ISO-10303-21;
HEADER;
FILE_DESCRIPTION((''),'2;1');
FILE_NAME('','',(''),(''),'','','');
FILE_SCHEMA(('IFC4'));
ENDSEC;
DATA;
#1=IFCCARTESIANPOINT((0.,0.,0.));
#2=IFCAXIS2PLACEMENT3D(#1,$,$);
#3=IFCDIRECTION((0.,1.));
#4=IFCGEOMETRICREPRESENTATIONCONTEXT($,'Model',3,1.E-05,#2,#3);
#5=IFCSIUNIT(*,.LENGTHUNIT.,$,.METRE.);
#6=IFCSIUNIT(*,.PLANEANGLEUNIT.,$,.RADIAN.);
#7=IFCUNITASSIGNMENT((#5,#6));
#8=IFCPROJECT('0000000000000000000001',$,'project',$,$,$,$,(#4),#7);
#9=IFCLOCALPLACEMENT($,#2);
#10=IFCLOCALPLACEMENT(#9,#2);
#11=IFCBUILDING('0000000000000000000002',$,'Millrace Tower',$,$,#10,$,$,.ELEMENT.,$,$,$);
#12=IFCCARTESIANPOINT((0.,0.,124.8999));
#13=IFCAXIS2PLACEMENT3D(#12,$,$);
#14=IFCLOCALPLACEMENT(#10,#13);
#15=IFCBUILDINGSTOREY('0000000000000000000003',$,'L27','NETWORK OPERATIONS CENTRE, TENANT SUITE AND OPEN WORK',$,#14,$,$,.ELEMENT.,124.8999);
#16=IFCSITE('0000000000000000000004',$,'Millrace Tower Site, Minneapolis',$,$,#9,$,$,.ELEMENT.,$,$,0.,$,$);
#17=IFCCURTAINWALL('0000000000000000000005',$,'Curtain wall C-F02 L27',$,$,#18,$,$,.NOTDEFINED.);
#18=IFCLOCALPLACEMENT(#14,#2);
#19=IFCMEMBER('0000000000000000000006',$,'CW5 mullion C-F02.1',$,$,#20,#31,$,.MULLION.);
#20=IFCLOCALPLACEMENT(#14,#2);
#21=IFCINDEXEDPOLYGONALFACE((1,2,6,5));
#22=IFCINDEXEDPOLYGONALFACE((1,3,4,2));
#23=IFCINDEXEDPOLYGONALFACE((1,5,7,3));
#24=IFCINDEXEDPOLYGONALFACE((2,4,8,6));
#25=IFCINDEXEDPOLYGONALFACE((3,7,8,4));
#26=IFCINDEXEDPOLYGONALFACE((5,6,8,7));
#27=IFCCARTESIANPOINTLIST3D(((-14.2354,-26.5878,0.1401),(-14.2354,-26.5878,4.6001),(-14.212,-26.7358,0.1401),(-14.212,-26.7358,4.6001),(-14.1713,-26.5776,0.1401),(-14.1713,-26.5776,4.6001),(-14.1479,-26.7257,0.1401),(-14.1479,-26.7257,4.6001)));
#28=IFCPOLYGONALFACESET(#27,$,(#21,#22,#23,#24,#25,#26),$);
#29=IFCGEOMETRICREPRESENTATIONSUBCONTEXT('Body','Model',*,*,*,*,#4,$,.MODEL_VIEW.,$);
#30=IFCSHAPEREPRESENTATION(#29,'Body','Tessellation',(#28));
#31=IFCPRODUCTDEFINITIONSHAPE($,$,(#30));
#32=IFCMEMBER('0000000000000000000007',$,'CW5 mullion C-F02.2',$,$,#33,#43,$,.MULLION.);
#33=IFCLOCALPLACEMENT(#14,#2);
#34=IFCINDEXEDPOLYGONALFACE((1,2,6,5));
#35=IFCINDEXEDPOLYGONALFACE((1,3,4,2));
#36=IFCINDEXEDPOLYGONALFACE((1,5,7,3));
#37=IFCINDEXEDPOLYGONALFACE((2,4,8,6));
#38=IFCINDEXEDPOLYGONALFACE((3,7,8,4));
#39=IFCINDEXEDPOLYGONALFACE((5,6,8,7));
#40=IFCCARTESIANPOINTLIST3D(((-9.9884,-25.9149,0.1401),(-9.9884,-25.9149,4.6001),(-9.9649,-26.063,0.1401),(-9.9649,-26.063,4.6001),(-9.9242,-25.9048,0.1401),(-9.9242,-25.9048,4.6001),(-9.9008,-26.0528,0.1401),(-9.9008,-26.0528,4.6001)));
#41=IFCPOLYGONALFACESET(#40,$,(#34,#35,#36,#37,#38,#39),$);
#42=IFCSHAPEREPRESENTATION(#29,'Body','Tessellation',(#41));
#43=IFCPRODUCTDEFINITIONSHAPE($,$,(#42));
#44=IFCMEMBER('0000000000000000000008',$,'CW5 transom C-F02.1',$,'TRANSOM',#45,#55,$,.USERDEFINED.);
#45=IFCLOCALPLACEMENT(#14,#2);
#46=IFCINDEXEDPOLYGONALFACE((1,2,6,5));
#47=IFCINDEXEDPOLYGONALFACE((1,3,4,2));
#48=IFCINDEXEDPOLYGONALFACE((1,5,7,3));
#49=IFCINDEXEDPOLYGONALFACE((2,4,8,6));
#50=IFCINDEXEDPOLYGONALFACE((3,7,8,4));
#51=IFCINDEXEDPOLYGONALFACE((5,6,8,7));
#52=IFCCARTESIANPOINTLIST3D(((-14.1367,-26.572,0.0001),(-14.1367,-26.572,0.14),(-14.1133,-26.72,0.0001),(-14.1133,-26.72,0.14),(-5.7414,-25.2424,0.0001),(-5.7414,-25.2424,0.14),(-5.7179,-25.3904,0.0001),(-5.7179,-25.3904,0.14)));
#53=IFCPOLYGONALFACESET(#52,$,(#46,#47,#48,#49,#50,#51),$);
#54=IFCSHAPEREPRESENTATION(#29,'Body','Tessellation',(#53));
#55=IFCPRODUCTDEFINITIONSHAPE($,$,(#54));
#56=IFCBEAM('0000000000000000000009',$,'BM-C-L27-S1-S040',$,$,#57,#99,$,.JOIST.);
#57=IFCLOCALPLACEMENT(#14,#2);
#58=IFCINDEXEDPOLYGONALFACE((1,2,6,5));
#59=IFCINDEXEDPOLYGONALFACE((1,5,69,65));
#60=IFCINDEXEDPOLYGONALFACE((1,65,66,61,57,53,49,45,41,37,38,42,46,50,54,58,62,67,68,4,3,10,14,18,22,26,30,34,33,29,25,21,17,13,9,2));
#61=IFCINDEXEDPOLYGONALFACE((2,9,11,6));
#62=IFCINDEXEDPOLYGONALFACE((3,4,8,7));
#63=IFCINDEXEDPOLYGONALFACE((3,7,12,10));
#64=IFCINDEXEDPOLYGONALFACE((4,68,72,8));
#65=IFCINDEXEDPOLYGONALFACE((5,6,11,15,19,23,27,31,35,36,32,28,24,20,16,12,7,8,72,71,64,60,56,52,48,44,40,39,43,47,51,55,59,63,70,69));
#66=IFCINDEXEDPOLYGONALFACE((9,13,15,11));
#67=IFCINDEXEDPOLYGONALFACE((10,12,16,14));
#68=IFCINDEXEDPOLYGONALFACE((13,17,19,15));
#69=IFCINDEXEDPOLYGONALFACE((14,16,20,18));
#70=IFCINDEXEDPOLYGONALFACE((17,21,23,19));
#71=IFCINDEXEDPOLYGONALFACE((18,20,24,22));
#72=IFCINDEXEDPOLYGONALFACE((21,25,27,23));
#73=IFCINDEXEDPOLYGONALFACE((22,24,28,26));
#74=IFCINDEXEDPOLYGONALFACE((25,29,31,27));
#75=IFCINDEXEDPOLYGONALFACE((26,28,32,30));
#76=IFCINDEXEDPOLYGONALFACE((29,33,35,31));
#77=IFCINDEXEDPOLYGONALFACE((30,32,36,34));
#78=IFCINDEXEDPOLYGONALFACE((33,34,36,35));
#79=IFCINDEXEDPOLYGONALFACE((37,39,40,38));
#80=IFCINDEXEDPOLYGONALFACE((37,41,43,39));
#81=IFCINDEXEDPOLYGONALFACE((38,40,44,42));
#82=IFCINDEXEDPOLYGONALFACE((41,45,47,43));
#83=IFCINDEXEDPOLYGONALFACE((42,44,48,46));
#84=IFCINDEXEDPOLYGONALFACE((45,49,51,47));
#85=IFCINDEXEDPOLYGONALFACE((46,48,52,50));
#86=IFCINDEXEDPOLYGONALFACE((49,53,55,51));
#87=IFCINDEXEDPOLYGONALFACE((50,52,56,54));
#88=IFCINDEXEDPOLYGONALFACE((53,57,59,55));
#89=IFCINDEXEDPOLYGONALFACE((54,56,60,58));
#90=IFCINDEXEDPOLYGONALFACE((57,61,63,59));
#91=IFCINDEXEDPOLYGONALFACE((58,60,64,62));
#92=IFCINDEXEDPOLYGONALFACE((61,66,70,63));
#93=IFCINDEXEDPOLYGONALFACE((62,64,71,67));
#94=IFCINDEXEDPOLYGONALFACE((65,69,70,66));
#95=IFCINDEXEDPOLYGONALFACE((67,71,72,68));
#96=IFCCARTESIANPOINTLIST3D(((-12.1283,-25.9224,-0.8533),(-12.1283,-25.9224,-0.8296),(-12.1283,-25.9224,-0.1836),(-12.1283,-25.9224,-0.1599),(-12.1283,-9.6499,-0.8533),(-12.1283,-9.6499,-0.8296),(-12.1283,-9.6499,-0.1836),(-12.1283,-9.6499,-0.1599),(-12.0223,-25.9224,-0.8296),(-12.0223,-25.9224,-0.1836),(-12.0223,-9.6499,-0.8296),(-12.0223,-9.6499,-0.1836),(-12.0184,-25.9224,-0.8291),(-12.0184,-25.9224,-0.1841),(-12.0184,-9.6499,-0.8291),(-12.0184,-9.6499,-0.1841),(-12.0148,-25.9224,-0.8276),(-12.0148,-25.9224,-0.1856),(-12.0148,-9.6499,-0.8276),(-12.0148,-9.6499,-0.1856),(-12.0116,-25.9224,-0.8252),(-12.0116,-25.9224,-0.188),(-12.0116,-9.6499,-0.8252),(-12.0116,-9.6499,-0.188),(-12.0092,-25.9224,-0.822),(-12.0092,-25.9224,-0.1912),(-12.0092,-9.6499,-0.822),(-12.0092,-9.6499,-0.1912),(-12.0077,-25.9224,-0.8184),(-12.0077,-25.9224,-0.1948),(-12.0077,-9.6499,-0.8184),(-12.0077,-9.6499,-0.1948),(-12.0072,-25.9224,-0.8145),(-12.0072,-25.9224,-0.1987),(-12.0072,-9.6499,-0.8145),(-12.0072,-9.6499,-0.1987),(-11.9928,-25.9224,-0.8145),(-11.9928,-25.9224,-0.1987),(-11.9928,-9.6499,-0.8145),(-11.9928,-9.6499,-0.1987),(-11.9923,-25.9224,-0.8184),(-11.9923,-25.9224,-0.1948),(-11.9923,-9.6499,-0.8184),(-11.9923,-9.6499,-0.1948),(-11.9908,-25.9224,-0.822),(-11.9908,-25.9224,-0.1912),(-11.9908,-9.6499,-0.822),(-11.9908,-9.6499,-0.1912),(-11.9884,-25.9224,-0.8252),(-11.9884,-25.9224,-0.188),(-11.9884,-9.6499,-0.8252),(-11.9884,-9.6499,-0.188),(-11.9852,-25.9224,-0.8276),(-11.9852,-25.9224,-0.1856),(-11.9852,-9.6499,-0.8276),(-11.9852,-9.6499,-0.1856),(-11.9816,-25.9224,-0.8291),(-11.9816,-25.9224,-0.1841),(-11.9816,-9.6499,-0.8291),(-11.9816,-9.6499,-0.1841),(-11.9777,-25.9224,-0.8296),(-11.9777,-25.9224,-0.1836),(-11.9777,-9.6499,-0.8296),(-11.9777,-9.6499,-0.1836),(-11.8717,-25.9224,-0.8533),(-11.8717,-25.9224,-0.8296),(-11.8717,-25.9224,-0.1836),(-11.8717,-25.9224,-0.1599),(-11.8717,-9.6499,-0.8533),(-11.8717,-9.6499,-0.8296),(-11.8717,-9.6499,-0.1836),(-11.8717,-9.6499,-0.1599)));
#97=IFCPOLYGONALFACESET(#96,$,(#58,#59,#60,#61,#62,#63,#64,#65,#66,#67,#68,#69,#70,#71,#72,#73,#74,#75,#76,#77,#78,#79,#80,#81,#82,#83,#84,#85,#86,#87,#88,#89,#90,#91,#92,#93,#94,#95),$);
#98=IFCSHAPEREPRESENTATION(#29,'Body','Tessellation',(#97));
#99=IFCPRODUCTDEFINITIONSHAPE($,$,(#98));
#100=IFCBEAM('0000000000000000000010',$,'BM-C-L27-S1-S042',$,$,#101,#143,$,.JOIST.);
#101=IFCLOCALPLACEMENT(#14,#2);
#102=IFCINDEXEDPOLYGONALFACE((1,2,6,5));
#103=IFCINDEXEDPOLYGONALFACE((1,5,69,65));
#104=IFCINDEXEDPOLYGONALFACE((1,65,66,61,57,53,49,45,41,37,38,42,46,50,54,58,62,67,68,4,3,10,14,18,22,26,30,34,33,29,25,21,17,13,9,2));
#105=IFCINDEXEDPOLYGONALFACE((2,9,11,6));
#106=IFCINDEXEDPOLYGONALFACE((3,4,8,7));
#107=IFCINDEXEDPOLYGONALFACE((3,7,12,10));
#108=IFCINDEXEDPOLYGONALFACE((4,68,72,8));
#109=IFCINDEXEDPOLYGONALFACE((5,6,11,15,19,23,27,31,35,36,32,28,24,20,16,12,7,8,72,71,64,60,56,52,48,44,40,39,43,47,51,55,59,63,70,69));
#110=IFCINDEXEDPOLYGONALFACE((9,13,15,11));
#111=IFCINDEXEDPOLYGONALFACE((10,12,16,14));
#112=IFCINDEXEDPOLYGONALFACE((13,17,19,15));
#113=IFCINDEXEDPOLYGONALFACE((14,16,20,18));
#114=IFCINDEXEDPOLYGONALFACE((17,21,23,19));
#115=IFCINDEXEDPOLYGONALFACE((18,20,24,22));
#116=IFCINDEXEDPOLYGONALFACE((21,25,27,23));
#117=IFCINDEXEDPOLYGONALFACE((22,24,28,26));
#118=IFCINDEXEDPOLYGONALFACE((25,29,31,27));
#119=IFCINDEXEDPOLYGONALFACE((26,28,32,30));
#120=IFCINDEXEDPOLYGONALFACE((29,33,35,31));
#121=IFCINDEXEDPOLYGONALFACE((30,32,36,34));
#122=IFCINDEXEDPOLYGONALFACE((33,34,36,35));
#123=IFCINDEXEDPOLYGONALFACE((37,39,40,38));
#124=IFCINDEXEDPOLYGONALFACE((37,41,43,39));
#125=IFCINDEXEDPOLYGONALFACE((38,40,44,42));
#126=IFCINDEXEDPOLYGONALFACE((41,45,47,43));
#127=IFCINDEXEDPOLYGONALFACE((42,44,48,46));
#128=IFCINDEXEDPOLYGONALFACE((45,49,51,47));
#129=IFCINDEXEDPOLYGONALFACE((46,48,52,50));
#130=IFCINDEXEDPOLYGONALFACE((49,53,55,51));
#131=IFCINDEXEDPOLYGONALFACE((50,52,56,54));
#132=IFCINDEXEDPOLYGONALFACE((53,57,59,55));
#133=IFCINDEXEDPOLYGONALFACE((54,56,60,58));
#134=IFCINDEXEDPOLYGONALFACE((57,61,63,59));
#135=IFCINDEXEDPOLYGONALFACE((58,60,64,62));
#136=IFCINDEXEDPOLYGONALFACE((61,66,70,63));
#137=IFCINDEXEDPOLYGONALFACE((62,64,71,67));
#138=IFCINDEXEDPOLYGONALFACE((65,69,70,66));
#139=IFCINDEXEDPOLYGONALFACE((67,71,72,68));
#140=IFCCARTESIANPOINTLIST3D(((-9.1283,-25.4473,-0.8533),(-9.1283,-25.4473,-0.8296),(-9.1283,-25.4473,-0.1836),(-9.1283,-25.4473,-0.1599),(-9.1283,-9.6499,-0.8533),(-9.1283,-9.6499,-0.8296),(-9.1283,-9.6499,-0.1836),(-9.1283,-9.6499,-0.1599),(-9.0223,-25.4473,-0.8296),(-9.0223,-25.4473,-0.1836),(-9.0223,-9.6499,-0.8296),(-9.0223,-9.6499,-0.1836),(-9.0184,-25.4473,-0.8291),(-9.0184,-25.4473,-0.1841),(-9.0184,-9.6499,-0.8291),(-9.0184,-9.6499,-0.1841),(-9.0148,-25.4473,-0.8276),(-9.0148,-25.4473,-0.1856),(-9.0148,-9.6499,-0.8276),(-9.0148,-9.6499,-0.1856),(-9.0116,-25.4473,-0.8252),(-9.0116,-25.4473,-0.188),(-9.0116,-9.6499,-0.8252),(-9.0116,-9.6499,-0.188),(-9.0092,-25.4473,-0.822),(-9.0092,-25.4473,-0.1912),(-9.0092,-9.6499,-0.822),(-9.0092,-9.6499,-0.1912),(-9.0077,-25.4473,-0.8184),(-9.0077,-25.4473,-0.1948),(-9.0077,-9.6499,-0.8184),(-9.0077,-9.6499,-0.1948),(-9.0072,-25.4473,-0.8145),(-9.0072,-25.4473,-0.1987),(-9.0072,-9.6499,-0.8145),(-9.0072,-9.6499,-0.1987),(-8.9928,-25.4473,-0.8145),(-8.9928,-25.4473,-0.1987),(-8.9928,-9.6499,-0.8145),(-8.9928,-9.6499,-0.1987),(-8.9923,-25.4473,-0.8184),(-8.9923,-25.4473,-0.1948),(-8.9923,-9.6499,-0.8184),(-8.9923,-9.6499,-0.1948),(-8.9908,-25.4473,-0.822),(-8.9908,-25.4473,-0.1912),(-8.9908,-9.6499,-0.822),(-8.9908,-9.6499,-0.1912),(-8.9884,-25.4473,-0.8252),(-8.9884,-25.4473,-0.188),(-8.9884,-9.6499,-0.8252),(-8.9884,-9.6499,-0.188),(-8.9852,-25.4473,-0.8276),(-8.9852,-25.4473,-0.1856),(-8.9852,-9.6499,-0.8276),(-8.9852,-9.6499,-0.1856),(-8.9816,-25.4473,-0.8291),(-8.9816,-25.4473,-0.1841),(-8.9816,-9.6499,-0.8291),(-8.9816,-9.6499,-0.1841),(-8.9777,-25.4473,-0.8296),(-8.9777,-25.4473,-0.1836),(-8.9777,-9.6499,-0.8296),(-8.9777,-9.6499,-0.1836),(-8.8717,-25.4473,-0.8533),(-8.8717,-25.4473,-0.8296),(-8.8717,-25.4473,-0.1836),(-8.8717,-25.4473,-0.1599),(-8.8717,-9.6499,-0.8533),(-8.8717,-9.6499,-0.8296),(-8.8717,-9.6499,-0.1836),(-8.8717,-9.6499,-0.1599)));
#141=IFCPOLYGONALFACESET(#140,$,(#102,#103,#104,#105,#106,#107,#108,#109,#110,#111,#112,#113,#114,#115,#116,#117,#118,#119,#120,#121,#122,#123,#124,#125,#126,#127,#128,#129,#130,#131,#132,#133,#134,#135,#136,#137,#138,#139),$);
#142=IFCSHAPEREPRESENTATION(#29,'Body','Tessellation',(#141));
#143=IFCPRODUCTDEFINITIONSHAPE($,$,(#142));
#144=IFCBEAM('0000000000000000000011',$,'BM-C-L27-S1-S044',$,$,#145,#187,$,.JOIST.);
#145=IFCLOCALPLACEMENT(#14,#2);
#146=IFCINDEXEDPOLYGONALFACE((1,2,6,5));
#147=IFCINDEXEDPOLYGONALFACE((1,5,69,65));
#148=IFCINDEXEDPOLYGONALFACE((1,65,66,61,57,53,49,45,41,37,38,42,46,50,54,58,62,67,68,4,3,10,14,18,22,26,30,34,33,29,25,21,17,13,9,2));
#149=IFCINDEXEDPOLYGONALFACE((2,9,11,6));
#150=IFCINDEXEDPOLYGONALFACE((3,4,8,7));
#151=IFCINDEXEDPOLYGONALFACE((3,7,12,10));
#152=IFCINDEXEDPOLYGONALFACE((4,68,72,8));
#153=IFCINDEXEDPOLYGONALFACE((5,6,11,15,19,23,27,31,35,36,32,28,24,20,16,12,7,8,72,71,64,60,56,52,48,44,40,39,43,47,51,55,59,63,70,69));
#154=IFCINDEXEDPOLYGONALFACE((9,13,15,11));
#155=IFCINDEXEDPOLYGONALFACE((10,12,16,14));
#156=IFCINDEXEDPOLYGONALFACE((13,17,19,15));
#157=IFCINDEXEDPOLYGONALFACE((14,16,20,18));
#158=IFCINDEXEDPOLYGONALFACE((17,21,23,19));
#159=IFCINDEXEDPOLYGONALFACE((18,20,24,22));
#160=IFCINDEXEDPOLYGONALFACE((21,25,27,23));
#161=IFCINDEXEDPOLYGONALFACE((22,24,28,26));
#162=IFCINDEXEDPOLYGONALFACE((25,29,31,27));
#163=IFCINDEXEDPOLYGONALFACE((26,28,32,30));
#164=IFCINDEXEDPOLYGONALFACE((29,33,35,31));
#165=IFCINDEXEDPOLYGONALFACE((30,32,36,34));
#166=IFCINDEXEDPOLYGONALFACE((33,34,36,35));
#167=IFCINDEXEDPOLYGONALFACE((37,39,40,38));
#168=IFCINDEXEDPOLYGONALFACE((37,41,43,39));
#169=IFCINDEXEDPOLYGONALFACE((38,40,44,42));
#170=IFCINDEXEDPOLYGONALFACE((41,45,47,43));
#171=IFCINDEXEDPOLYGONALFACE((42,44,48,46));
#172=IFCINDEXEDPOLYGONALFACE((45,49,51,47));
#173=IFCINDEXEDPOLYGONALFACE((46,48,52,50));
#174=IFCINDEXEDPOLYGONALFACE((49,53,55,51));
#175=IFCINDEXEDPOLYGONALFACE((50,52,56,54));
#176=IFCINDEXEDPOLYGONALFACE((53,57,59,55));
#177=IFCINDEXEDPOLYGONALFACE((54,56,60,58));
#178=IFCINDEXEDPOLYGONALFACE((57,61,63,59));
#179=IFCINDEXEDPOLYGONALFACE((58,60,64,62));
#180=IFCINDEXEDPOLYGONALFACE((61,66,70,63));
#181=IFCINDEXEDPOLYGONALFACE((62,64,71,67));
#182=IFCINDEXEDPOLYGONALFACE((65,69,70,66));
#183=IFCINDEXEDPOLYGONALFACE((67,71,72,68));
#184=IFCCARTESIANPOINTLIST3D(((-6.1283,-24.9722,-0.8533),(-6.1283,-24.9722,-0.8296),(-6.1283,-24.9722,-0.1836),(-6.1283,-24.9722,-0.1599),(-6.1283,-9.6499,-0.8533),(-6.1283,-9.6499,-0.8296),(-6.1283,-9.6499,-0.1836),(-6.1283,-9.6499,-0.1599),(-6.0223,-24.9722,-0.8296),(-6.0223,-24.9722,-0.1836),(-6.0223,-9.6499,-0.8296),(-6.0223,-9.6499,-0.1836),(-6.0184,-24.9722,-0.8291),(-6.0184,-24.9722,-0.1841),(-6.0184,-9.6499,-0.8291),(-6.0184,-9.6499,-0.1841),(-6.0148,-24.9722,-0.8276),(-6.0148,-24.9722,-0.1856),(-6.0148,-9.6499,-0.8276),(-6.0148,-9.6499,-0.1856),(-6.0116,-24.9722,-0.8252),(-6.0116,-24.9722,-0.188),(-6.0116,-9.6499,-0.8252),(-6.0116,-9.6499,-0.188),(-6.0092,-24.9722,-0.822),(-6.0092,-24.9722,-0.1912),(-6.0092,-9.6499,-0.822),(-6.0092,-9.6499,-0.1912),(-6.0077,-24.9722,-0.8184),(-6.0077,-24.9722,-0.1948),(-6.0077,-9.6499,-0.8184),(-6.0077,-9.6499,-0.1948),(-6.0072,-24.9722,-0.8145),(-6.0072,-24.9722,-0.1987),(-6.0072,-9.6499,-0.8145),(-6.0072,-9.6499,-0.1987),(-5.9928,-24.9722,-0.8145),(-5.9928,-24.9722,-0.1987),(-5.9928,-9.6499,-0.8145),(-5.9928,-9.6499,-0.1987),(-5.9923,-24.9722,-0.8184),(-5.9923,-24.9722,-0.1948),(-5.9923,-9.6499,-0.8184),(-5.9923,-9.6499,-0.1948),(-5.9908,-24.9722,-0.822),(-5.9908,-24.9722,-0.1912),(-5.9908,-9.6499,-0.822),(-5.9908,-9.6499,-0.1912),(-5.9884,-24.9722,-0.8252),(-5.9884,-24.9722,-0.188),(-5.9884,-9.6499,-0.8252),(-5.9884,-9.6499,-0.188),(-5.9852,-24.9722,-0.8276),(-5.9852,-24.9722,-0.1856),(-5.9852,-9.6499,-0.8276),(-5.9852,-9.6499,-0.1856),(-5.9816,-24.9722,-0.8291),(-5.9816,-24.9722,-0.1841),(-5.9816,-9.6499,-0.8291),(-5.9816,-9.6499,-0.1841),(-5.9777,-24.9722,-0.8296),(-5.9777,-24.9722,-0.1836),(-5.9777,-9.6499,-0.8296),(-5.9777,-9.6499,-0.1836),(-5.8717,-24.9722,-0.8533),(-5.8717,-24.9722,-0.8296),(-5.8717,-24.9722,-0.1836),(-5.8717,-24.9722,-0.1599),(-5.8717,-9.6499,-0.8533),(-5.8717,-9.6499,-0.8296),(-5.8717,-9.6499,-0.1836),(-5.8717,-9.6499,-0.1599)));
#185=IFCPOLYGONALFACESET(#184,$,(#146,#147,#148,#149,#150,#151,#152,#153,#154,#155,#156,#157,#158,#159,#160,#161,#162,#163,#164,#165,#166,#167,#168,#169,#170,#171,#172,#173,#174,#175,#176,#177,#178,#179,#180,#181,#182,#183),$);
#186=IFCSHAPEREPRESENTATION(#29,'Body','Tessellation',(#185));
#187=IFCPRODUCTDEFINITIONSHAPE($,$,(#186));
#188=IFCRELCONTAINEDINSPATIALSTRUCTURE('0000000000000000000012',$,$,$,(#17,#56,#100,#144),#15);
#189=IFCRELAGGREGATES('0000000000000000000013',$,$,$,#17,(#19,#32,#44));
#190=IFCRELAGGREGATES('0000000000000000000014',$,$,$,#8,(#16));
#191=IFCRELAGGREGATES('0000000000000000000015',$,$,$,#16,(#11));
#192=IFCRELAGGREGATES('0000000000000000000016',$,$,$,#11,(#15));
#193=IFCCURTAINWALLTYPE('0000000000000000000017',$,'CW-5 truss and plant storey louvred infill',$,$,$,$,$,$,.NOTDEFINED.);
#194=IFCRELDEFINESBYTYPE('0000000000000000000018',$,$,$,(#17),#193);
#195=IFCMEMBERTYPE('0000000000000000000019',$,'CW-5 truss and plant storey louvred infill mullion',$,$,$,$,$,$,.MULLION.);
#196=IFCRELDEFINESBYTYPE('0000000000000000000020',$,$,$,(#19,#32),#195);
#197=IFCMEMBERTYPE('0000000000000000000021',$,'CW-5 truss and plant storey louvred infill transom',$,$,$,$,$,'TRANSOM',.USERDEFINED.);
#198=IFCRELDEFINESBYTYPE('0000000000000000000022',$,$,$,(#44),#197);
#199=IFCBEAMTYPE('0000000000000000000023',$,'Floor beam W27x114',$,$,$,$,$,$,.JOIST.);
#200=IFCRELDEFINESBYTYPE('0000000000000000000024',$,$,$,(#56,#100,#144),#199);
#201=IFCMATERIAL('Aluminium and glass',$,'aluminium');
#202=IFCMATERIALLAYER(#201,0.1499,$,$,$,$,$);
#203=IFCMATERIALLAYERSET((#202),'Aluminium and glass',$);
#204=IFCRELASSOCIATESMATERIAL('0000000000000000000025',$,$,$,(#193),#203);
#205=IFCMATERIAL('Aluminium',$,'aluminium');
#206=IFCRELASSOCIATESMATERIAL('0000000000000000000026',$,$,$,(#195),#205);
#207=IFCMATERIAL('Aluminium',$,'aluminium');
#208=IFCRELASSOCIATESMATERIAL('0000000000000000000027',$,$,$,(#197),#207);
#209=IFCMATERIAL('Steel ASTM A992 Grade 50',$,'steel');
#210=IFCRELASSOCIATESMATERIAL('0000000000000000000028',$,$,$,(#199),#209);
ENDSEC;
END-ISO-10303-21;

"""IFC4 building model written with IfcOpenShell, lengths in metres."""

from ifc_helpers import new_model, si_unit, direction, frame, origin, origin_2d, place, context, subcontext, project, spatial, rectangle, i_section, extrude, material, layer, layer_set, material_profile, profile_set, type_object, element, aggregate, save


model = new_model("IFC4")

# Units and contexts
model_context = context("Model", 3, precision=1e-05, world=origin(), true_north=direction((0.0, 1.0)))
body_context = subcontext(model_context, "Body", "Model", "MODEL_VIEW")
ifc_project = project(units=[si_unit("LENGTHUNIT", "METRE"), si_unit("PLANEANGLEUNIT", "RADIAN")], contexts=[model_context])

# Site, building, storey
site_placement = place(None, origin())
site = spatial("IfcSite", under=ifc_project, at=site_placement, Name="Millrace Tower Site, Minneapolis", CompositionType="ELEMENT", RefElevation=0.0)
building_placement = place(site_placement, origin())
building = spatial("IfcBuilding", under=site, at=building_placement, Name="Millrace Tower", CompositionType="ELEMENT")
storey_placement = place(building_placement, frame((0.0, 0.0, 124.8999)))
storey = spatial("IfcBuildingStorey", under=building, at=storey_placement, Name="L27", Description="NETWORK OPERATIONS CENTRE, TENANT SUITE AND OPEN WORK", CompositionType="ELEMENT", Elevation=124.8999)

# Curtain wall, members
ifc_material_1 = material(Name="Aluminium and glass", Category="aluminium")
ifc_layer_1 = layer(ifc_material_1, 0.1499)
ifc_layer_set_1 = layer_set([ifc_layer_1], Name="Aluminium and glass")
curtain_wall_type = type_object("IfcCurtainWallType", Name="CW-5 truss and plant storey louvred infill", PredefinedType="NOTDEFINED", material=ifc_layer_set_1)
curtain_wall_placement = place(storey_placement, origin())
curtain_wall = element("IfcCurtainWall", 1, at=curtain_wall_placement, inside=storey, type_object=curtain_wall_type, Name="Curtain wall C-F02 L27", PredefinedType="NOTDEFINED")
ifc_material_2 = material(Name="Aluminium", Category="aluminium")
ifc_material_profile_1 = material_profile(ifc_material_2, rectangle(XDim=0.0649, YDim=0.1499, at=origin_2d()))
ifc_profile_set_1 = profile_set([ifc_material_profile_1], Name="Aluminium")
member_type_1 = type_object("IfcMemberType", Name="CW-5 truss and plant storey louvred infill mullion", PredefinedType="MULLION", material=ifc_profile_set_1)
member_1_placement = place(storey_placement, frame((-14.1917, -26.6567, 0.1401), z_axis=(0.0, 0.0, 1.0), x_axis=(0.987688, 0.156434, 0.0)))
member_1 = element("IfcMember", 2, at=member_1_placement, type_object=member_type_1, Name="CW5 mullion C-F02.1", PredefinedType="MULLION", context=body_context, shape_type="SweptSolid", body=[
    extrude(rectangle(XDim=0.0649, YDim=0.1499, at=origin_2d()), origin(), (0.0, 0.0, 1.0), 4.46),
])
member_2_placement = place(storey_placement, frame((-9.9446, -25.9839, 0.1401), z_axis=(0.0, 0.0, 1.0), x_axis=(0.987688, 0.156434, 0.0)))
member_2 = element("IfcMember", 3, at=member_2_placement, type_object=member_type_1, Name="CW5 mullion C-F02.2", PredefinedType="MULLION", context=body_context, shape_type="SweptSolid", body=[
    extrude(rectangle(XDim=0.0649, YDim=0.1499, at=origin_2d()), origin(), (0.0, 0.0, 1.0), 4.46),
])
ifc_material_3 = material(Name="Aluminium", Category="aluminium")
ifc_material_profile_2 = material_profile(ifc_material_3, rectangle(XDim=0.1499, YDim=0.1399, at=origin_2d()))
ifc_profile_set_2 = profile_set([ifc_material_profile_2], Name="Aluminium")
member_type_2 = type_object("IfcMemberType", Name="CW-5 truss and plant storey louvred infill transom", ElementType="TRANSOM", PredefinedType="USERDEFINED", material=ifc_profile_set_2)
member_3_placement = place(storey_placement, frame((-14.125, -26.646, 0.0701), z_axis=(0.98769, 0.156424, 0.0), x_axis=(-0.156424, 0.98769, 0.0)))
member_3 = element("IfcMember", 4, at=member_3_placement, type_object=member_type_2, Name="CW5 transom C-F02.1", ObjectType="TRANSOM", PredefinedType="USERDEFINED", context=body_context, shape_type="SweptSolid", body=[
    extrude(rectangle(XDim=0.1499, YDim=0.1399, at=origin_2d()), origin(), (0.0, 0.0, 1.0), 8.5),
])
aggregate(curtain_wall, [member_1, member_2, member_3])

# Beams
ifc_material_4 = material(Name="Steel ASTM A992 Grade 50", Category="steel")
ifc_material_profile_3 = material_profile(ifc_material_4, i_section(OverallWidth=0.2566, OverallDepth=0.6934, WebThickness=0.0144, FlangeThickness=0.0237, FilletRadius=0.0151, at=origin_2d()))
ifc_profile_set_3 = profile_set([ifc_material_profile_3], Name="Steel ASTM A992 Grade 50")
beam_type_1 = type_object("IfcBeamType", Name="Floor beam W27x114", PredefinedType="JOIST", material=ifc_profile_set_3)
beam_1_placement = place(storey_placement, frame((-12.0, -25.9224, -0.5066), z_axis=(0.0, 1.0, 0.0), x_axis=(-1.0, 0.0, 0.0)))
element("IfcBeam", 5, at=beam_1_placement, inside=storey, type_object=beam_type_1, Name="BM-C-L27-S1-S040", PredefinedType="JOIST", context=body_context, shape_type="SweptSolid", body=[
    extrude(i_section(OverallWidth=0.2566, OverallDepth=0.6934, WebThickness=0.0144, FlangeThickness=0.0237, FilletRadius=0.0151, at=origin_2d()), origin(), (0.0, 0.0, 1.0), 16.2725),
])
beam_2_placement = place(storey_placement, frame((-9.0, -25.4473, -0.5066), z_axis=(0.0, 1.0, 0.0), x_axis=(-1.0, 0.0, 0.0)))
element("IfcBeam", 6, at=beam_2_placement, inside=storey, type_object=beam_type_1, Name="BM-C-L27-S1-S042", PredefinedType="JOIST", context=body_context, shape_type="SweptSolid", body=[
    extrude(i_section(OverallWidth=0.2566, OverallDepth=0.6934, WebThickness=0.0144, FlangeThickness=0.0237, FilletRadius=0.0151, at=origin_2d()), origin(), (0.0, 0.0, 1.0), 15.7974),
])
beam_3_placement = place(storey_placement, frame((-6.0, -24.9722, -0.5066), z_axis=(0.0, 1.0, 0.0), x_axis=(-1.0, 0.0, 0.0)))
element("IfcBeam", 7, at=beam_3_placement, inside=storey, type_object=beam_type_1, Name="BM-C-L27-S1-S044", PredefinedType="JOIST", context=body_context, shape_type="SweptSolid", body=[
    extrude(i_section(OverallWidth=0.2566, OverallDepth=0.6934, WebThickness=0.0144, FlangeThickness=0.0237, FilletRadius=0.0151, at=origin_2d()), origin(), (0.0, 0.0, 1.0), 15.3223),
])

save(model, "model.ifc")
